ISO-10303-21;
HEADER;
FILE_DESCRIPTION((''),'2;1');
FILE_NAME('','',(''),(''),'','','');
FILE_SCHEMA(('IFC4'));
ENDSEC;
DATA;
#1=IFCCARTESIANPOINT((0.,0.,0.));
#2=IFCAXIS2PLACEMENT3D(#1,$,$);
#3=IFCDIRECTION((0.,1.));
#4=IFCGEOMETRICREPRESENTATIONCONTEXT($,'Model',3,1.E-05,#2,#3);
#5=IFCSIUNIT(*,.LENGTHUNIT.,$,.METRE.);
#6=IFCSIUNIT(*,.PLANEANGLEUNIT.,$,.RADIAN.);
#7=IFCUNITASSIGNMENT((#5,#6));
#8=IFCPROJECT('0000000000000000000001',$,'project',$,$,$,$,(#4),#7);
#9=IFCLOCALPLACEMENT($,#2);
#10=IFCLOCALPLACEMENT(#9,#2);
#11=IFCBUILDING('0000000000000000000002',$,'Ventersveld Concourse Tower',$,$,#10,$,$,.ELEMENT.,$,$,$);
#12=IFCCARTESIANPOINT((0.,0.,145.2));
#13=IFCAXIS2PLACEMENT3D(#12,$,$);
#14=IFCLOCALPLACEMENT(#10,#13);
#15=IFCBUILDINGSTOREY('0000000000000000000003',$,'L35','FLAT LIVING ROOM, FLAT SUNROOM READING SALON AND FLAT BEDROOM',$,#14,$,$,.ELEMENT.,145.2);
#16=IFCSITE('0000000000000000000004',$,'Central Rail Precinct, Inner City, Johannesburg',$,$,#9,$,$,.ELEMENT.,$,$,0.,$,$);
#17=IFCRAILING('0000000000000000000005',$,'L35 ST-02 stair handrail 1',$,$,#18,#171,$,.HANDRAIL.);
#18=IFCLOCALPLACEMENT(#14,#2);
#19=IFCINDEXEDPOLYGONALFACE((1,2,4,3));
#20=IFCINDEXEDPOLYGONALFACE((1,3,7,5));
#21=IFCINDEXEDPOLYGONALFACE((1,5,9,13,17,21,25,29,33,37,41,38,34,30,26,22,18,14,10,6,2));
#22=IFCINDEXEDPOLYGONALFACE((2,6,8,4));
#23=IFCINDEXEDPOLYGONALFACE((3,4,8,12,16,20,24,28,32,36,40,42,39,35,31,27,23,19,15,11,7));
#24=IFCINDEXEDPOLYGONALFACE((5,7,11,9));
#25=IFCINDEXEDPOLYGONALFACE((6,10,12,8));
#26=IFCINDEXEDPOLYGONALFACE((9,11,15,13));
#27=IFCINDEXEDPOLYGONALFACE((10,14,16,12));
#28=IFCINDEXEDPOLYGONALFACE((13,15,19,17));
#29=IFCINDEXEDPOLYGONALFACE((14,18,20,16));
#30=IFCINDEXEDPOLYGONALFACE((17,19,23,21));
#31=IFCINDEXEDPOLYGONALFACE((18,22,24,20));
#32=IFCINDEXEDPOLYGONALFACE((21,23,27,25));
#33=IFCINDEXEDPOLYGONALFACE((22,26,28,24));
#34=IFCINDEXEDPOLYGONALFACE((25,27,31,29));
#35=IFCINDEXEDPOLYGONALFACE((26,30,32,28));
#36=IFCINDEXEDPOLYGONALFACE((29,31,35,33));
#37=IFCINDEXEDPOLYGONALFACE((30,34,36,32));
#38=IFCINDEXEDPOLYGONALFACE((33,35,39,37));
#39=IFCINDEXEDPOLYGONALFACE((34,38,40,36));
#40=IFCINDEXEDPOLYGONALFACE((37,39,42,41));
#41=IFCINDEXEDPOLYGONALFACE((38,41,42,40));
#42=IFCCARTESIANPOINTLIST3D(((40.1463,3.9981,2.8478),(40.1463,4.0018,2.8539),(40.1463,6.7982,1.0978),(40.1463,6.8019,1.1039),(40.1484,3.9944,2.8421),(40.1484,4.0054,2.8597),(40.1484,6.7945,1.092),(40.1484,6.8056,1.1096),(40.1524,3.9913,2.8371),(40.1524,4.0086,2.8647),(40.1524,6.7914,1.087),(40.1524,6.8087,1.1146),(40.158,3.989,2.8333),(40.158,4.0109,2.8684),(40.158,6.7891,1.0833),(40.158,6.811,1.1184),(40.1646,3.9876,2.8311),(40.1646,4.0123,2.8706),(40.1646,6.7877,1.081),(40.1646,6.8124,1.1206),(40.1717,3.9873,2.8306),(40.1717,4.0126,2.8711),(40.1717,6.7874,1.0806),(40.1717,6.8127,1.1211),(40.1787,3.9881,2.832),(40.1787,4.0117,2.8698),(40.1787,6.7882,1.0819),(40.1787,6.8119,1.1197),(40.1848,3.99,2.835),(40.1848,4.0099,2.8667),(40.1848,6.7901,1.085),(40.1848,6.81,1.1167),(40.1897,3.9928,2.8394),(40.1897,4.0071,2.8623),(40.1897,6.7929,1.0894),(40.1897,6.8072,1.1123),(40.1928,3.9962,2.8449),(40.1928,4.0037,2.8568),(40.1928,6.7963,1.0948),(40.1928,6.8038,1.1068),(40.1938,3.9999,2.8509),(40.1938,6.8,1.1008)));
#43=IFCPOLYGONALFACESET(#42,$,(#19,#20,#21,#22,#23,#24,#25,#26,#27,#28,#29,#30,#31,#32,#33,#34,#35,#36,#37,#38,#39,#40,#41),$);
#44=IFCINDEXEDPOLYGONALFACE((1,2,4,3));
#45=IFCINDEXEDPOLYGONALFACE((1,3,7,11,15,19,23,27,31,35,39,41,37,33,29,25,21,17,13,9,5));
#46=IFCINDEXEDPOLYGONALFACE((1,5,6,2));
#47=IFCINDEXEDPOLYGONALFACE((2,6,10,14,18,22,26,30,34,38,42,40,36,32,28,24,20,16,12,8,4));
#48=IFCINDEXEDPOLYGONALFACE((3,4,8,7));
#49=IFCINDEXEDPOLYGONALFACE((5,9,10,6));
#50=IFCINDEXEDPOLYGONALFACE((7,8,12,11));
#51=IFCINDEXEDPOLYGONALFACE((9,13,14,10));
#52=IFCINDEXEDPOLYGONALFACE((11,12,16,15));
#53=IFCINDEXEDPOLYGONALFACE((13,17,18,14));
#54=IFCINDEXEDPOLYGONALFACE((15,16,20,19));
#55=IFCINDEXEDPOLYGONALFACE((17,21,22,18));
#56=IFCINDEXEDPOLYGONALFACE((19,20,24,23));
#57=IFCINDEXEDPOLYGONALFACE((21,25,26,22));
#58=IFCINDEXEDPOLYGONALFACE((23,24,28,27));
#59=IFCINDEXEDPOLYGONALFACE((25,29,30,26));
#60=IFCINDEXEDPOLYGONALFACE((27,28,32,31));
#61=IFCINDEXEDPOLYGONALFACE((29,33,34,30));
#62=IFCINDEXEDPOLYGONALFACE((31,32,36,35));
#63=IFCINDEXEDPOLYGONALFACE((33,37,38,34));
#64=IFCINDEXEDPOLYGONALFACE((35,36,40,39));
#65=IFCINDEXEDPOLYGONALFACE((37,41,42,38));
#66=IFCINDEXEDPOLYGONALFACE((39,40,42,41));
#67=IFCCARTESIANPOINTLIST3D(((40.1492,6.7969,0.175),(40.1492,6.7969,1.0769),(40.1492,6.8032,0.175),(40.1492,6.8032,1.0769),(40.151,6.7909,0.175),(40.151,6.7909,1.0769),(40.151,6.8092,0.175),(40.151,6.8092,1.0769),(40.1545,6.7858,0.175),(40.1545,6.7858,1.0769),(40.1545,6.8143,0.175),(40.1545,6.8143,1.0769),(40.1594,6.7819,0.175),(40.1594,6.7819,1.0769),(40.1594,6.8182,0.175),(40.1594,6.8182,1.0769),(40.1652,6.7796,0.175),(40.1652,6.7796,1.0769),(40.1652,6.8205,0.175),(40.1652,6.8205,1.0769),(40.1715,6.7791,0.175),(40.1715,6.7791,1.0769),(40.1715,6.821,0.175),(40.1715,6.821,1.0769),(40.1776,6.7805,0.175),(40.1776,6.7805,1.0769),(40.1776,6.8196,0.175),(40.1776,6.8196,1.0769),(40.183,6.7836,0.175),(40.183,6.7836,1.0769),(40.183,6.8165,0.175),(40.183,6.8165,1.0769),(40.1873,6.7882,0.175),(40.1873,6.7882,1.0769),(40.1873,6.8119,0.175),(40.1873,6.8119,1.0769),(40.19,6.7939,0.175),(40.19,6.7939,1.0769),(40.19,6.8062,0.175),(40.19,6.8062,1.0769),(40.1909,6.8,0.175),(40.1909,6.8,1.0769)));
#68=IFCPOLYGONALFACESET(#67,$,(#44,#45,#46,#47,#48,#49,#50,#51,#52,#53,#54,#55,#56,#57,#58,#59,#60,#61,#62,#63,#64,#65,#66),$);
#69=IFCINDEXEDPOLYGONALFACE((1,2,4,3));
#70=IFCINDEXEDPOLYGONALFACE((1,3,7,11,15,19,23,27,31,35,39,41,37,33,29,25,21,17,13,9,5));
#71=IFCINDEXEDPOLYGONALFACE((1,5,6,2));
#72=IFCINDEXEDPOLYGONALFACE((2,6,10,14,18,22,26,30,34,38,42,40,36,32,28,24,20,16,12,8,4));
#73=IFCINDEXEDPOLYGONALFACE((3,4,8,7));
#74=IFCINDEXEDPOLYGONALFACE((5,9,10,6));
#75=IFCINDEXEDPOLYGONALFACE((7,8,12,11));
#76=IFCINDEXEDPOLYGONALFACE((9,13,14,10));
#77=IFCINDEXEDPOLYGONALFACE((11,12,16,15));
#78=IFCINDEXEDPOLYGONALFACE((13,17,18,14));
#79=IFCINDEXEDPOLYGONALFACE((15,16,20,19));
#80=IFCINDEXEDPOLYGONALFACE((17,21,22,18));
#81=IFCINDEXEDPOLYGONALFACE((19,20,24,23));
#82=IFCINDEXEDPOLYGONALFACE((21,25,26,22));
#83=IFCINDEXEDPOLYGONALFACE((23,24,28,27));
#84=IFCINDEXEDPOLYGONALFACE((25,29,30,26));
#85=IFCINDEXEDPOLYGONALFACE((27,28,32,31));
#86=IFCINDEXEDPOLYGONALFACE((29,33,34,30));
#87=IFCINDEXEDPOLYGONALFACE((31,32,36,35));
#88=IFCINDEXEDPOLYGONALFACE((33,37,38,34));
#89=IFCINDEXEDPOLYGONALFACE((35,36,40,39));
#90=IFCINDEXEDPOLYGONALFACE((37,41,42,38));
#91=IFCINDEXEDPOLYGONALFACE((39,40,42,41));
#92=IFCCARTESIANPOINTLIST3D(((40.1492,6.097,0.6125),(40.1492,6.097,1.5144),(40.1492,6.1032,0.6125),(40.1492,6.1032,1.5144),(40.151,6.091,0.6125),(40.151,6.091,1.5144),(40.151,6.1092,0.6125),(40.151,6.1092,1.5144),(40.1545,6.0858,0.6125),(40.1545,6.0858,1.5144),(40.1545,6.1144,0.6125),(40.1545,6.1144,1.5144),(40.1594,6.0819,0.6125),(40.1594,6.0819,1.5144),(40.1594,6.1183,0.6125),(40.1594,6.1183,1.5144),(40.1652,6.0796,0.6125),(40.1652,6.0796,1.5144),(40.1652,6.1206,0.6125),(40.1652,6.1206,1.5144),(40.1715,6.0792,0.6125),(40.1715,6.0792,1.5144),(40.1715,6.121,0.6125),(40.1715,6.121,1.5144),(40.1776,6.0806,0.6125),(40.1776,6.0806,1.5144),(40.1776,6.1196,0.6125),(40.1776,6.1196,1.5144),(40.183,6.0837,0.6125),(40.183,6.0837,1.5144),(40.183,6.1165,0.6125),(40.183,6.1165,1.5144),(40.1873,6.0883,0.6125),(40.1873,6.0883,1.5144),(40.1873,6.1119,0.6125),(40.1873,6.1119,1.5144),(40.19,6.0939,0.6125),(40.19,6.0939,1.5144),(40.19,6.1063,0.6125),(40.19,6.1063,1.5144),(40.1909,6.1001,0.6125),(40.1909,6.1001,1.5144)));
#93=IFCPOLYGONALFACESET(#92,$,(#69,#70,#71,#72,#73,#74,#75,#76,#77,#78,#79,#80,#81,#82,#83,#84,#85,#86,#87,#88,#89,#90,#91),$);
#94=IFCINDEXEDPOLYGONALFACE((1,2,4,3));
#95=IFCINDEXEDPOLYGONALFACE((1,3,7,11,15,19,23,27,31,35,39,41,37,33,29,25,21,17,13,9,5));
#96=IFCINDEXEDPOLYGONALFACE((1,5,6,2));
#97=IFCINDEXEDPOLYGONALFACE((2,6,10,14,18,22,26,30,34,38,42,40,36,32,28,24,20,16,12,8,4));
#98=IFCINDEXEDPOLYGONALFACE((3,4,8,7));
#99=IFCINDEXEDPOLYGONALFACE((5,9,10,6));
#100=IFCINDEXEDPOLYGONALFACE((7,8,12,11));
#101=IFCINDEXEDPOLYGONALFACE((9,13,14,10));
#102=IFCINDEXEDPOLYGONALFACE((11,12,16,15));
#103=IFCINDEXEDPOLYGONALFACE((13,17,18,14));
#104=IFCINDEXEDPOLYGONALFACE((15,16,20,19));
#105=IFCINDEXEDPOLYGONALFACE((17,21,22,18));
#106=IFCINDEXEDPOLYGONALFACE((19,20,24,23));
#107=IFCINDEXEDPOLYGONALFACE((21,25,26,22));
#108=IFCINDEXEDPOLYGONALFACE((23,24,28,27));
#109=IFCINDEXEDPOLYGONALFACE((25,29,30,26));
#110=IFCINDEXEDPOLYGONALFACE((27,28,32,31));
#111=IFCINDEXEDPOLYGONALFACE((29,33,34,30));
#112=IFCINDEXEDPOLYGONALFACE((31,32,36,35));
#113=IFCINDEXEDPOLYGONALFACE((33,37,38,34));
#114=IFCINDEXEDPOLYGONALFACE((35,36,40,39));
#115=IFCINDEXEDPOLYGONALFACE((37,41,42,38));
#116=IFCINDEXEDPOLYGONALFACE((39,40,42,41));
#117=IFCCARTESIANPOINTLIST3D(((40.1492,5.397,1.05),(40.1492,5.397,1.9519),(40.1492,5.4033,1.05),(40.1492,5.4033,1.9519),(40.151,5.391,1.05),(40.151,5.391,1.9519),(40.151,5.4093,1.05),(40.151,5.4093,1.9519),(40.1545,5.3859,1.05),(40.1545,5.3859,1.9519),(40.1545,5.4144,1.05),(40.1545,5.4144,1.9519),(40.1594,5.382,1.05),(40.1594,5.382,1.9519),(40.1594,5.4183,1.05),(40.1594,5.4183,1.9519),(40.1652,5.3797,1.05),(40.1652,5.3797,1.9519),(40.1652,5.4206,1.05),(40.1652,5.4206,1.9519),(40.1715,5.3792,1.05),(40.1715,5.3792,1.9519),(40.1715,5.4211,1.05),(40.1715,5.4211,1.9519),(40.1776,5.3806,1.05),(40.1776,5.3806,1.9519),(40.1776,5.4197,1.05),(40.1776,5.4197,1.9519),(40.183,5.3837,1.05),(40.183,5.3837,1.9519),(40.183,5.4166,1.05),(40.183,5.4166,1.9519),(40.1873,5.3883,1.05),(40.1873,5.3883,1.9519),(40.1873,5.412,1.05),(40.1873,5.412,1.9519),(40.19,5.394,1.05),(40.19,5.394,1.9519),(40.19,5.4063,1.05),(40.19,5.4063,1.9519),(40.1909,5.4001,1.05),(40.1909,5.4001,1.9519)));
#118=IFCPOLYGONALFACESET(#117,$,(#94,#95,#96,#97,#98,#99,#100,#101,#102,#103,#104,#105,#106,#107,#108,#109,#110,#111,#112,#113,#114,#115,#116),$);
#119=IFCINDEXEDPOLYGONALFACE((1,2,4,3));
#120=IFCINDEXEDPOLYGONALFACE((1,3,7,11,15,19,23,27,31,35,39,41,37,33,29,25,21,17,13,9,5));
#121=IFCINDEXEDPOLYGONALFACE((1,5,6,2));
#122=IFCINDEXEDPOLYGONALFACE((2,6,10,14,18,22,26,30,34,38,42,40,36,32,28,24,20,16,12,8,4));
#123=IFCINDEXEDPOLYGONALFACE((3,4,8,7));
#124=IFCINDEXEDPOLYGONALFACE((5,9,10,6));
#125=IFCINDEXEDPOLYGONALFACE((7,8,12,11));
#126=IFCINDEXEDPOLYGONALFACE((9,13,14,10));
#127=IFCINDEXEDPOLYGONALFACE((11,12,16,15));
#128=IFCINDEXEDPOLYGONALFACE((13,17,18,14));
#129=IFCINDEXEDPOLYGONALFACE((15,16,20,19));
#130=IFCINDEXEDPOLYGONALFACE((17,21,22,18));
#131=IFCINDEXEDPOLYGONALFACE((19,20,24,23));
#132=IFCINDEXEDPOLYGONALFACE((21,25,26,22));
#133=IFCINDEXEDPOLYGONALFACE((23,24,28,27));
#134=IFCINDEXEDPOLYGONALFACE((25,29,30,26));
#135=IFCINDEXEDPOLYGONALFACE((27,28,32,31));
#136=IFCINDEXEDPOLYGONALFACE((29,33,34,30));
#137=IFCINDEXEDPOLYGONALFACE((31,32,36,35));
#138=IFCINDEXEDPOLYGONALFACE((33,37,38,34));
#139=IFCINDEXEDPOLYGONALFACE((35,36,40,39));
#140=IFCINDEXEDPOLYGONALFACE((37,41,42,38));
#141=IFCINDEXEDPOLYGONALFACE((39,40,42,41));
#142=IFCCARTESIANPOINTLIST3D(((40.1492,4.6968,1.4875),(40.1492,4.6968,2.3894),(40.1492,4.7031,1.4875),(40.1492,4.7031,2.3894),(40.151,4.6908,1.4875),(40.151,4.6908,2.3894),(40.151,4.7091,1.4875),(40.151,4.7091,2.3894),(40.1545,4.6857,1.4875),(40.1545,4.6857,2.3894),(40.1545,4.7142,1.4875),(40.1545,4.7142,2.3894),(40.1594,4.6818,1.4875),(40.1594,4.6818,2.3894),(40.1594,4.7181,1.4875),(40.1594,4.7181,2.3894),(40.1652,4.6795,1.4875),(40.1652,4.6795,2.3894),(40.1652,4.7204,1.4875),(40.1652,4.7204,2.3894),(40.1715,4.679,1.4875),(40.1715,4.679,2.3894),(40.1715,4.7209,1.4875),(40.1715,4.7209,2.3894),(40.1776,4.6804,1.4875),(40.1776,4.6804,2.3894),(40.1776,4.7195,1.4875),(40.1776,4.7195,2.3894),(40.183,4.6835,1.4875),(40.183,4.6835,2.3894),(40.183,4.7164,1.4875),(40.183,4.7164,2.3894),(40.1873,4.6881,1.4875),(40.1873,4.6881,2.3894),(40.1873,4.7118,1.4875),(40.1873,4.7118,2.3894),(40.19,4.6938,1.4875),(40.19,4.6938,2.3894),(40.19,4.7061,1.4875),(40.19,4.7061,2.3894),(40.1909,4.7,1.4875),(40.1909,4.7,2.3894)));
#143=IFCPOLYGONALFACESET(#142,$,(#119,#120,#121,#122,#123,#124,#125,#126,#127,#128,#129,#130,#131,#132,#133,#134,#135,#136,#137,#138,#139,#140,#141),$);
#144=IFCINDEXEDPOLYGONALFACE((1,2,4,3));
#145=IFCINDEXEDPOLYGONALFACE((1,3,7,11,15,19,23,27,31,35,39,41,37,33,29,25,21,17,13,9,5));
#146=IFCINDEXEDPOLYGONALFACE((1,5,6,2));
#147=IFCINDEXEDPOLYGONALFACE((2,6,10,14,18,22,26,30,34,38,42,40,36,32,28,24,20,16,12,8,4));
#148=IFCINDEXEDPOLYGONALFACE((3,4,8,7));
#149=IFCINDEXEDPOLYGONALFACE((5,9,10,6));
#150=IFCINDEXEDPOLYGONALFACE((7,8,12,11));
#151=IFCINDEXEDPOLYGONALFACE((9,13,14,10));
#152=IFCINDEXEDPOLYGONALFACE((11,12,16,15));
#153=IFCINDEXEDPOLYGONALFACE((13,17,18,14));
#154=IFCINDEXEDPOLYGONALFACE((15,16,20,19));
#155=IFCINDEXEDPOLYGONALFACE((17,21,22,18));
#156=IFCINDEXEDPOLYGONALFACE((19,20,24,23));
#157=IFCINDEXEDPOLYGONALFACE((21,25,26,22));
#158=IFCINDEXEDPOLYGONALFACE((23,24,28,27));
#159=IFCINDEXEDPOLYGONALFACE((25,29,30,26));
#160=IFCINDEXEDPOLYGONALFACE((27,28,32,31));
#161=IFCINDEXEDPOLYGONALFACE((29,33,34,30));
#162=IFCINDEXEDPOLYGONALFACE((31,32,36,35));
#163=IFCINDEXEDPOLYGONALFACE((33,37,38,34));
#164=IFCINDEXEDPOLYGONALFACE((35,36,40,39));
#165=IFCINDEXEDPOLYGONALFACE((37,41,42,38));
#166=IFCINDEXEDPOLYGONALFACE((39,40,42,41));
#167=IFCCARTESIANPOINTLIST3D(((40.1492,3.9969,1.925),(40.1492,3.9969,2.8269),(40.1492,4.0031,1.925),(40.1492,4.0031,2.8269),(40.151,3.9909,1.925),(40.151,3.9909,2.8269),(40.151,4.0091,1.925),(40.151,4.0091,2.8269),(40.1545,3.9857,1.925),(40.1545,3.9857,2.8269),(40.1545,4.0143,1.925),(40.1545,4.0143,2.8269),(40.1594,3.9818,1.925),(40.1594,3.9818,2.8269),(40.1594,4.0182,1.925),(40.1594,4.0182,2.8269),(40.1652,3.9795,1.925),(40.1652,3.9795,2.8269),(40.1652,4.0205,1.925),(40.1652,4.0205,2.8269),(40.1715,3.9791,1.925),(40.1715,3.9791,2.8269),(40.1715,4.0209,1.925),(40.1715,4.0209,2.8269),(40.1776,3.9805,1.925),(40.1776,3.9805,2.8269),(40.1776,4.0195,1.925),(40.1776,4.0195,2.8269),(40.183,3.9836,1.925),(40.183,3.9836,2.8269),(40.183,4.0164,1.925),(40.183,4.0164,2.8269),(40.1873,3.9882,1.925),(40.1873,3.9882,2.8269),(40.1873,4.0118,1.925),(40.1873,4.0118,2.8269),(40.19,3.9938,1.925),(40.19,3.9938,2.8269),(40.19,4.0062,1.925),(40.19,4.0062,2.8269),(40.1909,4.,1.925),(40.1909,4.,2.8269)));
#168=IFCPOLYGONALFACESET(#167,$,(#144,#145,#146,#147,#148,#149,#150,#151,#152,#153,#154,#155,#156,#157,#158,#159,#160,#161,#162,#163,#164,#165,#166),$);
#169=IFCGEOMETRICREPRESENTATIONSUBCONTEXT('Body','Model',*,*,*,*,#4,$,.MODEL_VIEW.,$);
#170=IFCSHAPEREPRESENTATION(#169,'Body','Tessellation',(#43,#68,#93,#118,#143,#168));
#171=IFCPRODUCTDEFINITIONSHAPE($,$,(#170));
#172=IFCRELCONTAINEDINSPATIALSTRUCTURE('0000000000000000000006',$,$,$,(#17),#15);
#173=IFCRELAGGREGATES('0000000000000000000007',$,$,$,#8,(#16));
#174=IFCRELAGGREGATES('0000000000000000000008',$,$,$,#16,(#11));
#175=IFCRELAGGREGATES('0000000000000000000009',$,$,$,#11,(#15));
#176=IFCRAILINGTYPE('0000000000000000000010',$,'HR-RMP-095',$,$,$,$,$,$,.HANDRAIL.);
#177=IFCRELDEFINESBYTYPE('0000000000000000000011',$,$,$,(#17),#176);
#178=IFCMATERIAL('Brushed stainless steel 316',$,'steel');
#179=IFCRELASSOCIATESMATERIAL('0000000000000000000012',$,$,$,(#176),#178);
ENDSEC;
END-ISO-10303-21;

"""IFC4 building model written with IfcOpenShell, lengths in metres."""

from ifc_helpers import new_model, si_unit, direction, frame, origin, origin_2d, place, context, subcontext, project, spatial, circle, extrude, material, type_object, element, save


model = new_model("IFC4")

# Units and contexts
model_context = context("Model", 3, precision=1e-05, world=origin(), true_north=direction((0.0, 1.0)))
body_context = subcontext(model_context, "Body", "Model", "MODEL_VIEW")
ifc_project = project(units=[si_unit("LENGTHUNIT", "METRE"), si_unit("PLANEANGLEUNIT", "RADIAN")], contexts=[model_context])

# Site, building, storey
site_placement = place(None, origin())
site = spatial("IfcSite", under=ifc_project, at=site_placement, Name="Central Rail Precinct, Inner City, Johannesburg", CompositionType="ELEMENT", RefElevation=0.0)
building_placement = place(site_placement, origin())
building = spatial("IfcBuilding", under=site, at=building_placement, Name="Ventersveld Concourse Tower", CompositionType="ELEMENT")
storey_placement = place(building_placement, frame((0.0, 0.0, 145.2)))
storey = spatial("IfcBuildingStorey", under=building, at=storey_placement, Name="L35", Description="FLAT LIVING ROOM, FLAT SUNROOM READING SALON AND FLAT BEDROOM", CompositionType="ELEMENT", Elevation=145.2)

# Railing
ifc_material_1 = material(Name="Brushed stainless steel 316", Category="steel")
railing_type_1 = type_object("IfcRailingType", Name="HR-RMP-095", PredefinedType="HANDRAIL", material=ifc_material_1)
railing_1_placement = place(storey_placement, frame((40.1699, 6.8, 0.175)))
element("IfcRailing", 1, at=railing_1_placement, inside=storey, type_object=railing_type_1, Name="L35 ST-02 stair handrail 1", PredefinedType="HANDRAIL", context=body_context, shape_type="SweptSolid", body=[
    extrude(circle(Radius=0.0239, at=origin_2d()), frame((0.0, 0.0, 0.9258), z_axis=(0.0, -0.848002, 0.529992), x_axis=(1.0, 0.0, 0.0)), (0.0, 0.0, 1.0), 3.302),
    extrude(circle(Radius=0.021, at=origin_2d()), origin(), (0.0, 0.0, 1.0), 0.9019),
    extrude(circle(Radius=0.021, at=origin_2d()), frame((0.0, -0.7, 0.4375)), (0.0, 0.0, 1.0), 0.9019),
    extrude(circle(Radius=0.021, at=origin_2d()), frame((0.0, -1.3999, 0.875)), (0.0, 0.0, 1.0), 0.9019),
    extrude(circle(Radius=0.021, at=origin_2d()), frame((0.0, -2.1001, 1.3125)), (0.0, 0.0, 1.0), 0.9019),
    extrude(circle(Radius=0.021, at=origin_2d()), frame((0.0, -2.8, 1.75)), (0.0, 0.0, 1.0), 0.9019),
])

save(model, "model.ifc")
